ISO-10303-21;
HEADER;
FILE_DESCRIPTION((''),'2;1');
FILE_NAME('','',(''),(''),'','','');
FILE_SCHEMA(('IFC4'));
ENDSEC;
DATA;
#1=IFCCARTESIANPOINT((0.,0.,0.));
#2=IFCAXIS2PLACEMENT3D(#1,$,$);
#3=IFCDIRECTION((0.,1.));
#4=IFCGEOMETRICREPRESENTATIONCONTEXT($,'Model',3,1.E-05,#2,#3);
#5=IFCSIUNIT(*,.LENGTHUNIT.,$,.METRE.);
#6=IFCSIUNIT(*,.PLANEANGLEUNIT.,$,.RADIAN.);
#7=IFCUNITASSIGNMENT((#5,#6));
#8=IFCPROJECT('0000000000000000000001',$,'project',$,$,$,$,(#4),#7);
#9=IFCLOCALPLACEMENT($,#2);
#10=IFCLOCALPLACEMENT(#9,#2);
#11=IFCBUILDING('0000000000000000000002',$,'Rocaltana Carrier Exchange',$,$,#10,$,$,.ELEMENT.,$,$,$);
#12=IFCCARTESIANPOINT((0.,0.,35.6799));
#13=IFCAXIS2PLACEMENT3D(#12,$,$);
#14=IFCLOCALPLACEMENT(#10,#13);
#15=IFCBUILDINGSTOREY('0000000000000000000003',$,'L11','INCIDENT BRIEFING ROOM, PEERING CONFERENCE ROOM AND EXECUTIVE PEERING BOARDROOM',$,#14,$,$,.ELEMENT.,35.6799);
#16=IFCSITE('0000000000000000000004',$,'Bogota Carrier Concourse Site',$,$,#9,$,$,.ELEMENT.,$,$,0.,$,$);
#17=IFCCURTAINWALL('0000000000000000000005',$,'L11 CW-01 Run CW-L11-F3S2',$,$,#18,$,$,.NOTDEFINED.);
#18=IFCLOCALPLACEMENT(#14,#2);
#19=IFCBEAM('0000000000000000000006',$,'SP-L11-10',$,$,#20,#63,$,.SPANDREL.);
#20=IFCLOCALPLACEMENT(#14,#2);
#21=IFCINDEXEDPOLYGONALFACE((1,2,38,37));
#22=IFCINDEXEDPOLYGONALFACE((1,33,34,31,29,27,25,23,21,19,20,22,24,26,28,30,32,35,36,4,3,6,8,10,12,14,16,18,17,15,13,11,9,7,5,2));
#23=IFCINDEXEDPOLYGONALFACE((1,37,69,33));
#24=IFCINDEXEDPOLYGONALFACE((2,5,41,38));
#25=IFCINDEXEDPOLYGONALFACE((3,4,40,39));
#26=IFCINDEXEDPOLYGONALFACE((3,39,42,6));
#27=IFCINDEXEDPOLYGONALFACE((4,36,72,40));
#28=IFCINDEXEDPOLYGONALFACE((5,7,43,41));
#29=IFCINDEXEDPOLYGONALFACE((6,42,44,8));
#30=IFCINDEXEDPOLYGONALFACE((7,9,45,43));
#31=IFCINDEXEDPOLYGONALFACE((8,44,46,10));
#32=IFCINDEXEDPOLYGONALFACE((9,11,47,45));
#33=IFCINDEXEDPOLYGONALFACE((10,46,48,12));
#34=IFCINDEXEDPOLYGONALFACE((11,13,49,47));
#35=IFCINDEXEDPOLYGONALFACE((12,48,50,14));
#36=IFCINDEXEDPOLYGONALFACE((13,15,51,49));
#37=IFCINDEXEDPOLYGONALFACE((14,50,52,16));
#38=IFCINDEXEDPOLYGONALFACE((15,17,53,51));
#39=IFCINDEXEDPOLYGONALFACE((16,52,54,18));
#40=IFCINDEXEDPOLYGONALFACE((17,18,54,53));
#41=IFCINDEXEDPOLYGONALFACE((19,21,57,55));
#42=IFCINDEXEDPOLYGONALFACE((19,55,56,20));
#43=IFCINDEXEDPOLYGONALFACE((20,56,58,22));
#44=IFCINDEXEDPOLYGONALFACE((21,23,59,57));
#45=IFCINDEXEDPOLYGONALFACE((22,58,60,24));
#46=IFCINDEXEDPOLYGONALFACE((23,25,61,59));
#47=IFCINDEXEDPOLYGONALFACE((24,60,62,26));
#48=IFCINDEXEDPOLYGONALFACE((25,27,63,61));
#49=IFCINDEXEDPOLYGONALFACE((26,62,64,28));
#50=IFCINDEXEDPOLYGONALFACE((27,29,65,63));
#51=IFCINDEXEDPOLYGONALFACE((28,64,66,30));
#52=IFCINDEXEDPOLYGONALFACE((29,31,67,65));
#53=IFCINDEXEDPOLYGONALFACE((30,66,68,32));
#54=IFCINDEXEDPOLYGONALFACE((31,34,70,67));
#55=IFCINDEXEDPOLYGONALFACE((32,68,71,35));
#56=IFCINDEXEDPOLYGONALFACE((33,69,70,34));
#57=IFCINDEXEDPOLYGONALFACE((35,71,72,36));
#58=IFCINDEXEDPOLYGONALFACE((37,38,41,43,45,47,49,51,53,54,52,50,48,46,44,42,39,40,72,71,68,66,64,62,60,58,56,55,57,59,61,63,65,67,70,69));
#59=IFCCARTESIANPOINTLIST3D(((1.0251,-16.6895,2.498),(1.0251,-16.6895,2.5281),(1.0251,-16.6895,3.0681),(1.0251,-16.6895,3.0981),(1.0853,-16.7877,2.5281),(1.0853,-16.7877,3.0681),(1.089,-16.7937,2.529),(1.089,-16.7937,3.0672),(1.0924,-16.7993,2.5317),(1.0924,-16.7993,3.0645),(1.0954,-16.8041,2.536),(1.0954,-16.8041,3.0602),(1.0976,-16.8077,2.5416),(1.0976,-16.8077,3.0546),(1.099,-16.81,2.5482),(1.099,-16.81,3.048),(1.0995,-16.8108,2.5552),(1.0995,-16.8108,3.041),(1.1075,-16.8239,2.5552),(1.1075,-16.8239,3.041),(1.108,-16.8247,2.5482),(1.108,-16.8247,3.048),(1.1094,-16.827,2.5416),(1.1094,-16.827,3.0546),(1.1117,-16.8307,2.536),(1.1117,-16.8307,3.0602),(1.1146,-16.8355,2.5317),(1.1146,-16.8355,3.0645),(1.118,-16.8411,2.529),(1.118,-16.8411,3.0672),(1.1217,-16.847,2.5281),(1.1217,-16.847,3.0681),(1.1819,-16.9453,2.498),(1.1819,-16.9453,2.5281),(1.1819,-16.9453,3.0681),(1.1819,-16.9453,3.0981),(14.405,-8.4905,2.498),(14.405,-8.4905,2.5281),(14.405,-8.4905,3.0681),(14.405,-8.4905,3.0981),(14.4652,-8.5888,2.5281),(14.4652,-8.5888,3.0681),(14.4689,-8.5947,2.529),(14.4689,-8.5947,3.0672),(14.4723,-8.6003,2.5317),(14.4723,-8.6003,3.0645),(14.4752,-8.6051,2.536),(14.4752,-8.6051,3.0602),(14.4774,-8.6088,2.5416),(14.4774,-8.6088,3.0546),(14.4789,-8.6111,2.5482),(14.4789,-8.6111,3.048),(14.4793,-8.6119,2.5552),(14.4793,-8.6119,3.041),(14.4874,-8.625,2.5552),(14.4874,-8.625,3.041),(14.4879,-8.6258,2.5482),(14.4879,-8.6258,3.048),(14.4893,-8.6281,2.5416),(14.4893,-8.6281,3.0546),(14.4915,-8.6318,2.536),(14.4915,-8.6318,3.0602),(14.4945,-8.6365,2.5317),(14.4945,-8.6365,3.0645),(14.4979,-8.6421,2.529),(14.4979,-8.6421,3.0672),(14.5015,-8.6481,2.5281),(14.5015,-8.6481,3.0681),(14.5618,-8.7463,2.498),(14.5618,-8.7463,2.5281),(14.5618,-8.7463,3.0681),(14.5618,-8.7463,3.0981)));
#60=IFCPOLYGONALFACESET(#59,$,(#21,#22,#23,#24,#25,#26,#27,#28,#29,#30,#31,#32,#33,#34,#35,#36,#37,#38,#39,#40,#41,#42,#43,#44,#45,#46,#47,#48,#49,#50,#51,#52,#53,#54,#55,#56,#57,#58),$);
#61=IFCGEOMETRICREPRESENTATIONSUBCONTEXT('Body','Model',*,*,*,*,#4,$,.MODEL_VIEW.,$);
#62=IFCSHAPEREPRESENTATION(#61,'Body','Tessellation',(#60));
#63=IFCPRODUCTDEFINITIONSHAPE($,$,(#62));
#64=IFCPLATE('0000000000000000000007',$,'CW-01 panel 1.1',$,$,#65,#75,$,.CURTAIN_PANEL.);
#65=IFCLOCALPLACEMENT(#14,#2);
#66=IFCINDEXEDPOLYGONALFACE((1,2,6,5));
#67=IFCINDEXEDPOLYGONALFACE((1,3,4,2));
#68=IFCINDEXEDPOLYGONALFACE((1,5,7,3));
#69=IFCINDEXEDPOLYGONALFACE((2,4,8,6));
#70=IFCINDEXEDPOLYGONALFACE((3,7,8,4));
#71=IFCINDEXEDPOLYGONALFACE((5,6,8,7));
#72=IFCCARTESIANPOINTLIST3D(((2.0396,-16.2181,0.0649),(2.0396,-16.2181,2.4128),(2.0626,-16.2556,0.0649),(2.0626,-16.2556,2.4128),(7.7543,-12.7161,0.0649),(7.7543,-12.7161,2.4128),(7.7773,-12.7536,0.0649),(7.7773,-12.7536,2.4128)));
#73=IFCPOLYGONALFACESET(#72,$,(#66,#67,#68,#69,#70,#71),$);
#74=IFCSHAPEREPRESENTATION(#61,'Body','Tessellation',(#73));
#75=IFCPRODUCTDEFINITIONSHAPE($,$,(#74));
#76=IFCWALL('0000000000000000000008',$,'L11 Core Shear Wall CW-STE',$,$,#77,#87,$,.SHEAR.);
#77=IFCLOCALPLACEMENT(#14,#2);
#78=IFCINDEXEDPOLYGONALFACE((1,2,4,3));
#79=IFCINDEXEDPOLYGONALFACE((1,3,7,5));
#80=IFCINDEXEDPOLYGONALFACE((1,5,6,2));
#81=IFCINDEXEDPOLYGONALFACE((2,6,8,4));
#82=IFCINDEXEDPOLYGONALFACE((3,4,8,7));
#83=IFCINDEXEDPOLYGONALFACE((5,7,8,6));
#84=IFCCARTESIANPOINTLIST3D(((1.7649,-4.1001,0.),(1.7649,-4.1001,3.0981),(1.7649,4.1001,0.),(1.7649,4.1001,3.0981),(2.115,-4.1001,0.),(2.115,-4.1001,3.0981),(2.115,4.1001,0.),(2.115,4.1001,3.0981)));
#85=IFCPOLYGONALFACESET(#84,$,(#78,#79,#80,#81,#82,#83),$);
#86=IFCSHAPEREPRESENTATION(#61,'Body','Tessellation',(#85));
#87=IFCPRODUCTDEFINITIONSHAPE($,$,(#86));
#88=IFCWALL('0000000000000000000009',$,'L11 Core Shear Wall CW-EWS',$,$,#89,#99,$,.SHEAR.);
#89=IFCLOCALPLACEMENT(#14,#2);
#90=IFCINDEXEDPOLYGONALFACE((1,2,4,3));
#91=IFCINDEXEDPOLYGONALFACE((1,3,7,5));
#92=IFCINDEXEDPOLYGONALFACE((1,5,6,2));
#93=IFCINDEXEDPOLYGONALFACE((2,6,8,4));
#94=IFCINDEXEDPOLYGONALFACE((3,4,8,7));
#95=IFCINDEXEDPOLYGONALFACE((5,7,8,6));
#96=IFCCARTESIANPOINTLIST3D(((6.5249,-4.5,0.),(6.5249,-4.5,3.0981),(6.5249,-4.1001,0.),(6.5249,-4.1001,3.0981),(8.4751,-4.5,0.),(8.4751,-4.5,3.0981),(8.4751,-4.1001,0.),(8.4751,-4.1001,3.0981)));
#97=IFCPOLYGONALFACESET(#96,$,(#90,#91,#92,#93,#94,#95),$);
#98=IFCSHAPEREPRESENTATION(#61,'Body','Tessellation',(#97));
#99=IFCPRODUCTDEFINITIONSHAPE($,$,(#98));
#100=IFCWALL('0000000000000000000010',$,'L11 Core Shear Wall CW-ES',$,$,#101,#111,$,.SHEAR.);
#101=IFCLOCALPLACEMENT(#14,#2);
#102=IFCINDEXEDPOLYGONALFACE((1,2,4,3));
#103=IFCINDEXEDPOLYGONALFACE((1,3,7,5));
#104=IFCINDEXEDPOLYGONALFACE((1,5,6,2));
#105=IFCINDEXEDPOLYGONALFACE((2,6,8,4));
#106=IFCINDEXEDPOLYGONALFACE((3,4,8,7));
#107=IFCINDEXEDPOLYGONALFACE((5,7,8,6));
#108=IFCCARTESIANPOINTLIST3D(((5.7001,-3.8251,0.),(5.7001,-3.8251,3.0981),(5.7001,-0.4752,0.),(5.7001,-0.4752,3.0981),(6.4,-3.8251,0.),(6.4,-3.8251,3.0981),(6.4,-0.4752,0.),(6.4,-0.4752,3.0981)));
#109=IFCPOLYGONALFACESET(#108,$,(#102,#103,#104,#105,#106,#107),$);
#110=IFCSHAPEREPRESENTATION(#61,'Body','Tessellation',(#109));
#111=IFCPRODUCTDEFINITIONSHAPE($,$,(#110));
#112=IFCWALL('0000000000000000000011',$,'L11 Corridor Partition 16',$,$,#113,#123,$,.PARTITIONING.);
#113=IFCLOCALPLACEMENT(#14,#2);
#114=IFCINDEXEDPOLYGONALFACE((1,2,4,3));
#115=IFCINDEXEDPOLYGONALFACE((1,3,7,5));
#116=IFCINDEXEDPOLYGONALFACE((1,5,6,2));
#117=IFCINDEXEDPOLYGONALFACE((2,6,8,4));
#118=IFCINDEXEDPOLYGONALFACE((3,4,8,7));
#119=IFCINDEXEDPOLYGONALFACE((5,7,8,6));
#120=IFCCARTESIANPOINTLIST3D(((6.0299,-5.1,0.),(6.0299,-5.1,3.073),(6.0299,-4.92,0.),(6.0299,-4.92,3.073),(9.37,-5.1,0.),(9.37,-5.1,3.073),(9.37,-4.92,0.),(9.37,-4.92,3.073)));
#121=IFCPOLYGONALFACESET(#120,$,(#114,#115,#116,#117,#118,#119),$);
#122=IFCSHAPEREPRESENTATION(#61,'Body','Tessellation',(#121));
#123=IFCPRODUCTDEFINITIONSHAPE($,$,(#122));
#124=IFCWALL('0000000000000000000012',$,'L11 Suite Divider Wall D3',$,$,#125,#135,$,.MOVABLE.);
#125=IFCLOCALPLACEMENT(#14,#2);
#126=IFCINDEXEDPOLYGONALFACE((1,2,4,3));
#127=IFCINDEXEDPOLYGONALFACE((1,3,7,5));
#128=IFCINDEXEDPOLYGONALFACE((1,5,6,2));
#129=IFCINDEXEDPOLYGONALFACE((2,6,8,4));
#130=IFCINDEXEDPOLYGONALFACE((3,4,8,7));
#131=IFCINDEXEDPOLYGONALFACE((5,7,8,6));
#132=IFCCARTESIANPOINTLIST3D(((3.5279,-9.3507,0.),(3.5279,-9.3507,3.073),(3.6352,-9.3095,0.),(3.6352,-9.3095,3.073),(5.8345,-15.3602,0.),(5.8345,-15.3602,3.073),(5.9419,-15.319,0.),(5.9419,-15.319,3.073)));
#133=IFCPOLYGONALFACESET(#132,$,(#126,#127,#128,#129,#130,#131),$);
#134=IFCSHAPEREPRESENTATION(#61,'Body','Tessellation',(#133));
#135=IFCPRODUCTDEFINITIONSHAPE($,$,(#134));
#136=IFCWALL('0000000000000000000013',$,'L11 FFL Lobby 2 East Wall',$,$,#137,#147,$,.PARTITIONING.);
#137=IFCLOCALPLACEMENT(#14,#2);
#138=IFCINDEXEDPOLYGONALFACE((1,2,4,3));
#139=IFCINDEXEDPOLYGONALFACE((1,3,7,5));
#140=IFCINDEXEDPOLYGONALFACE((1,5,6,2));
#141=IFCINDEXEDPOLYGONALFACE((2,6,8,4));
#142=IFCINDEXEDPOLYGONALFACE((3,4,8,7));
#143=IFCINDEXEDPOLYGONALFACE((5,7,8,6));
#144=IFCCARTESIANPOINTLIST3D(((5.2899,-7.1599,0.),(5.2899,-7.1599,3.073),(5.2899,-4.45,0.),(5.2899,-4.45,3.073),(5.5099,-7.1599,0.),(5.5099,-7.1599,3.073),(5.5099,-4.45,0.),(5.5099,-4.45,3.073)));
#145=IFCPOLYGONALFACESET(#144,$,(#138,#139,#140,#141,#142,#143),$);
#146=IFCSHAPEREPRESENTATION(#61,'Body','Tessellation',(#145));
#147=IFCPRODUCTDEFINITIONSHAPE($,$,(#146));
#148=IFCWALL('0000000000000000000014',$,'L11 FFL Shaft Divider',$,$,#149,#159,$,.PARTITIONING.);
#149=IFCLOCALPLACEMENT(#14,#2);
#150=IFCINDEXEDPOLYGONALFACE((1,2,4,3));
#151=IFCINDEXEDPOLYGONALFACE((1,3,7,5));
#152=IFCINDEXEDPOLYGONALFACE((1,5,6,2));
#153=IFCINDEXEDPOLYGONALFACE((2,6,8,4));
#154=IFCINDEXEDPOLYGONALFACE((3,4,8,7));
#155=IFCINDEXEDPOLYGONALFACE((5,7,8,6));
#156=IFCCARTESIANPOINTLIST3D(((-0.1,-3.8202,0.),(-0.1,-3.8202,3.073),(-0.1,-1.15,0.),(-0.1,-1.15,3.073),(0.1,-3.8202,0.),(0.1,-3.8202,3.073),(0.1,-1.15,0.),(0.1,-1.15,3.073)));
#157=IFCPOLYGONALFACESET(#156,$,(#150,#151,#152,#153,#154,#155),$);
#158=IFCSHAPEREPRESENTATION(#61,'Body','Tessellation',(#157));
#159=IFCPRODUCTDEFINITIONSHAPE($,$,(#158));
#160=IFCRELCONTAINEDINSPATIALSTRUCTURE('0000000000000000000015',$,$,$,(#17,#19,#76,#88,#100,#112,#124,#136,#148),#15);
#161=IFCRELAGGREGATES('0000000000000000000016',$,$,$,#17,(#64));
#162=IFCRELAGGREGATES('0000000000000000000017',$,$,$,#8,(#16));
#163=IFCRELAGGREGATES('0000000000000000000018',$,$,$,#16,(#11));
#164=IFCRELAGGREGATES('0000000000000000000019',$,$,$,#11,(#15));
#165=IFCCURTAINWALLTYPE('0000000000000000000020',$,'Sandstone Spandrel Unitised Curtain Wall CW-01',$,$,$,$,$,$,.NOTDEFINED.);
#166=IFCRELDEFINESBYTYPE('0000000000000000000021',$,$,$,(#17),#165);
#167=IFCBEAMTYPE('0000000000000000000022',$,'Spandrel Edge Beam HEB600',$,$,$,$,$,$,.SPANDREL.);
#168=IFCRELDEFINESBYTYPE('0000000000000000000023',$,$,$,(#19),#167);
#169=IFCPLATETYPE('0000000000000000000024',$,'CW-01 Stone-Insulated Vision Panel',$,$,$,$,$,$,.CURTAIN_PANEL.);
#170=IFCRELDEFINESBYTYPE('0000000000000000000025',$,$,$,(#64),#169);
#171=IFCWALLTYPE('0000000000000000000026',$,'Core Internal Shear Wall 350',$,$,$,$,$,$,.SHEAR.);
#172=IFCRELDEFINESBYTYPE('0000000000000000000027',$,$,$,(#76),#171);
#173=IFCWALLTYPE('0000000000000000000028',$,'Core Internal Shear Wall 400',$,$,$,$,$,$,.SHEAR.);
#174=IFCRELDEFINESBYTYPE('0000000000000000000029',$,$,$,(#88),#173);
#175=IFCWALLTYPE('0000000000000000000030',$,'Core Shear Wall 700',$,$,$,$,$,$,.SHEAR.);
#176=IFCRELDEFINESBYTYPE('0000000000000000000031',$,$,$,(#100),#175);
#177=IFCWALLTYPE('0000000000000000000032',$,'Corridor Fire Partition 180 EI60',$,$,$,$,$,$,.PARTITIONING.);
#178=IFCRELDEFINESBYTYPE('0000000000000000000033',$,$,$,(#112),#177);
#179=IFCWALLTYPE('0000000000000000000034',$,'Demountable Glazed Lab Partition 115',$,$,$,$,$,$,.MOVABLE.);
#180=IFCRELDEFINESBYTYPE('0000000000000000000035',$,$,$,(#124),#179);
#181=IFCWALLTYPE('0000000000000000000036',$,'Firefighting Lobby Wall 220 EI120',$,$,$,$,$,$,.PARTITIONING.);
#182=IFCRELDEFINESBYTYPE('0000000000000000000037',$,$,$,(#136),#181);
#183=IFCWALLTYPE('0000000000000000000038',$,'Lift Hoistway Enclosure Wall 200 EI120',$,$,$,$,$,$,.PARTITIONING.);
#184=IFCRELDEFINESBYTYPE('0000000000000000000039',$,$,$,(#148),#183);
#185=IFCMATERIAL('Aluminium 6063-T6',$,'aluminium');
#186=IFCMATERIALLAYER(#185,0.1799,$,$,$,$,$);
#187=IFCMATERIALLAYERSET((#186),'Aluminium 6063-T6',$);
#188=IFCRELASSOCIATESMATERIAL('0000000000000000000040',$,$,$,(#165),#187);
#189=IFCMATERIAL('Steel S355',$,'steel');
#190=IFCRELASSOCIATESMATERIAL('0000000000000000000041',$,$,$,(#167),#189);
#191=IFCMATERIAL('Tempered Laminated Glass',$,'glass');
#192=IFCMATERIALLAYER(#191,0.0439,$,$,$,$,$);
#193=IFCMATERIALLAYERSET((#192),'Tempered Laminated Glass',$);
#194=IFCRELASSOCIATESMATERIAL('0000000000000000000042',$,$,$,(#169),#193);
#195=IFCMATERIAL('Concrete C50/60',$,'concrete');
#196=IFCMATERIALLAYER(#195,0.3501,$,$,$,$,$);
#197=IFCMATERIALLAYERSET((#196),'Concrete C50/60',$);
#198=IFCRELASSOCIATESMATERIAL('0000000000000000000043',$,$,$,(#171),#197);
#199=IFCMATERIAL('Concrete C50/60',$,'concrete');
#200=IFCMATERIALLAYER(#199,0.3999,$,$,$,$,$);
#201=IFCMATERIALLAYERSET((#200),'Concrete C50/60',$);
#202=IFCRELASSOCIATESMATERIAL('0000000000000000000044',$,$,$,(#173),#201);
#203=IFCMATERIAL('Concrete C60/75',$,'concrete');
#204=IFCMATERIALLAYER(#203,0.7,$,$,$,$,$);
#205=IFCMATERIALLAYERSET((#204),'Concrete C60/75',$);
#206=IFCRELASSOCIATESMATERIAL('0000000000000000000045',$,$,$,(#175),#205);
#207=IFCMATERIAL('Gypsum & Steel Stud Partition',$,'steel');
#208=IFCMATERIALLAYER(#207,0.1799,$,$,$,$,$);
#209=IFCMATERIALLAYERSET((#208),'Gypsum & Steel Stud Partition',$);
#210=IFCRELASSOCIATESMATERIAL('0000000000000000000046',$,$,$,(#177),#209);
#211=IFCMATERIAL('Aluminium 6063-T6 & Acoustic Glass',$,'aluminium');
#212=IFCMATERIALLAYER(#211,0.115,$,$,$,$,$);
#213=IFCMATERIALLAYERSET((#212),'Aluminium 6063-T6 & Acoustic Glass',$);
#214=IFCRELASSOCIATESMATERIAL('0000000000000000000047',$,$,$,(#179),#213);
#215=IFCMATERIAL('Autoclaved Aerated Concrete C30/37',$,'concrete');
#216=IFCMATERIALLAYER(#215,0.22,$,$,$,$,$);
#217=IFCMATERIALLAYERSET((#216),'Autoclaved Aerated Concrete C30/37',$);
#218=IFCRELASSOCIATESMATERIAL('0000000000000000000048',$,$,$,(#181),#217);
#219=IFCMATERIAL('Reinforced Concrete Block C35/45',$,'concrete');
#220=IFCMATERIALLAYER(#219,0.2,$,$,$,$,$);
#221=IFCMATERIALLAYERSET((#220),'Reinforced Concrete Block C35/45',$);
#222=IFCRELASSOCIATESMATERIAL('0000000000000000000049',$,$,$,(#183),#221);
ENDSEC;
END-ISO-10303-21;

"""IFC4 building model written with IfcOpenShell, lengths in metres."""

from ifc_helpers import new_model, si_unit, direction, frame, frame_2d, origin, origin_2d, place, context, subcontext, project, spatial, rectangle, i_section, extrude, material, layer, layer_set, material_profile, profile_set, type_object, element, aggregate, save


model = new_model("IFC4")

# Units and contexts
model_context = context("Model", 3, precision=1e-05, world=origin(), true_north=direction((0.0, 1.0)))
body_context = subcontext(model_context, "Body", "Model", "MODEL_VIEW")
ifc_project = project(units=[si_unit("LENGTHUNIT", "METRE"), si_unit("PLANEANGLEUNIT", "RADIAN")], contexts=[model_context])

# Site, building, storey
site_placement = place(None, origin())
site = spatial("IfcSite", under=ifc_project, at=site_placement, Name="Bogota Carrier Concourse Site", CompositionType="ELEMENT", RefElevation=0.0)
building_placement = place(site_placement, origin())
building = spatial("IfcBuilding", under=site, at=building_placement, Name="Rocaltana Carrier Exchange", CompositionType="ELEMENT")
storey_placement = place(building_placement, frame((0.0, 0.0, 35.6799)))
storey = spatial("IfcBuildingStorey", under=building, at=storey_placement, Name="L11", Description="INCIDENT BRIEFING ROOM, PEERING CONFERENCE ROOM AND EXECUTIVE PEERING BOARDROOM", CompositionType="ELEMENT", Elevation=35.6799)

# Curtain wall
ifc_material_1 = material(Name="Aluminium 6063-T6", Category="aluminium")
ifc_layer_1 = layer(ifc_material_1, 0.1799)
ifc_layer_set_1 = layer_set([ifc_layer_1], Name="Aluminium 6063-T6")
curtain_wall_type = type_object("IfcCurtainWallType", Name="Sandstone Spandrel Unitised Curtain Wall CW-01", PredefinedType="NOTDEFINED", material=ifc_layer_set_1)
curtain_wall_placement = place(storey_placement, origin())
curtain_wall = element("IfcCurtainWall", 1, at=curtain_wall_placement, inside=storey, type_object=curtain_wall_type, Name="L11 CW-01 Run CW-L11-F3S2", PredefinedType="NOTDEFINED")

# Beam
ifc_material_2 = material(Name="Steel S355", Category="steel")
ifc_material_profile_1 = material_profile(ifc_material_2, i_section(OverallWidth=0.3, OverallDepth=0.6001, WebThickness=0.0154, FlangeThickness=0.03, FilletRadius=0.0271, at=origin_2d()), Name="HEB600")
ifc_profile_set_1 = profile_set([ifc_material_profile_1], Name="Steel S355")
beam_type_1 = type_object("IfcBeamType", Name="Spandrel Edge Beam HEB600", PredefinedType="SPANDREL", material=ifc_profile_set_1)
beam_1_placement = place(storey_placement, frame((1.1035, -16.8174, 2.7981), z_axis=(0.852647, 0.522488, 0.0), x_axis=(-0.522488, 0.852647, 0.0)))
element("IfcBeam", 2, at=beam_1_placement, inside=storey, type_object=beam_type_1, Name="SP-L11-10", PredefinedType="SPANDREL", context=body_context, shape_type="SweptSolid", body=[
    extrude(i_section(OverallWidth=0.3, OverallDepth=0.6001, WebThickness=0.0154, FlangeThickness=0.03, FilletRadius=0.0271, at=origin_2d()), origin(), (0.0, 0.0, 1.0), 15.6921),
])

# Plate
ifc_material_3 = material(Name="Tempered Laminated Glass", Category="glass")
ifc_layer_2 = layer(ifc_material_3, 0.0439)
ifc_layer_set_2 = layer_set([ifc_layer_2], Name="Tempered Laminated Glass")
plate_type = type_object("IfcPlateType", Name="CW-01 Stone-Insulated Vision Panel", PredefinedType="CURTAIN_PANEL", material=ifc_layer_set_2)
plate_placement = place(storey_placement, frame((4.9084, -14.4858, 0.0649), z_axis=(0.0, 0.0, 1.0), x_axis=(0.852639, 0.5225, 0.0)))
plate = element("IfcPlate", 3, at=plate_placement, type_object=plate_type, Name="CW-01 panel 1.1", PredefinedType="CURTAIN_PANEL", context=body_context, shape_type="SweptSolid", body=[
    extrude(rectangle(XDim=6.7024, YDim=0.0439, at=origin_2d()), origin(), (0.0, 0.0, 1.0), 2.3479),
])
aggregate(curtain_wall, [plate])

# Walls
ifc_material_4 = material(Name="Concrete C50/60", Category="concrete")
ifc_layer_3 = layer(ifc_material_4, 0.3501)
ifc_layer_set_3 = layer_set([ifc_layer_3], Name="Concrete C50/60")
wall_type_1 = type_object("IfcWallType", Name="Core Internal Shear Wall 350", PredefinedType="SHEAR", material=ifc_layer_set_3)
wall_1_placement = place(storey_placement, frame((1.9399, -4.1001, 0.0), z_axis=(0.0, 0.0, 1.0), x_axis=(0.0, 1.0, 0.0)))
element("IfcWall", 4, at=wall_1_placement, inside=storey, type_object=wall_type_1, Name="L11 Core Shear Wall CW-STE", PredefinedType="SHEAR", context=body_context, shape_type="SweptSolid", body=[
    extrude(rectangle(XDim=8.2002, YDim=0.3501, at=frame_2d((4.1001, 0.0))), origin(), (0.0, 0.0, 1.0), 3.0981),
])
ifc_material_5 = material(Name="Concrete C50/60", Category="concrete")
ifc_layer_4 = layer(ifc_material_5, 0.3999)
ifc_layer_set_4 = layer_set([ifc_layer_4], Name="Concrete C50/60")
wall_type_2 = type_object("IfcWallType", Name="Core Internal Shear Wall 400", PredefinedType="SHEAR", material=ifc_layer_set_4)
wall_2_placement = place(storey_placement, frame((6.5249, -4.3, 0.0), z_axis=(0.0, 0.0, 1.0), x_axis=(1.0, 0.0, 0.0)))
element("IfcWall", 5, at=wall_2_placement, inside=storey, type_object=wall_type_2, Name="L11 Core Shear Wall CW-EWS", PredefinedType="SHEAR", context=body_context, shape_type="SweptSolid", body=[
    extrude(rectangle(XDim=1.9502, YDim=0.3999, at=frame_2d((0.9751, 0.0))), origin(), (0.0, 0.0, 1.0), 3.0981),
])
ifc_material_6 = material(Name="Concrete C60/75", Category="concrete")
ifc_layer_5 = layer(ifc_material_6, 0.7)
ifc_layer_set_5 = layer_set([ifc_layer_5], Name="Concrete C60/75")
wall_type_3 = type_object("IfcWallType", Name="Core Shear Wall 700", PredefinedType="SHEAR", material=ifc_layer_set_5)
wall_3_placement = place(storey_placement, frame((6.05, -3.825, 0.0), z_axis=(0.0, 0.0, 1.0), x_axis=(0.0, 1.0, 0.0)))
element("IfcWall", 6, at=wall_3_placement, inside=storey, type_object=wall_type_3, Name="L11 Core Shear Wall CW-ES", PredefinedType="SHEAR", context=body_context, shape_type="SweptSolid", body=[
    extrude(rectangle(XDim=3.3499, YDim=0.7, at=frame_2d((1.6748, 0.0))), origin(), (0.0, 0.0, 1.0), 3.0981),
])
ifc_material_7 = material(Name="Gypsum & Steel Stud Partition", Category="steel")
ifc_layer_6 = layer(ifc_material_7, 0.1799)
ifc_layer_set_6 = layer_set([ifc_layer_6], Name="Gypsum & Steel Stud Partition")
wall_type_4 = type_object("IfcWallType", Name="Corridor Fire Partition 180 EI60", PredefinedType="PARTITIONING", material=ifc_layer_set_6)
wall_4_placement = place(storey_placement, frame((6.03, -5.01, 0.0), z_axis=(0.0, 0.0, 1.0), x_axis=(1.0, 0.0, 0.0)))
element("IfcWall", 7, at=wall_4_placement, inside=storey, type_object=wall_type_4, Name="L11 Corridor Partition 16", PredefinedType="PARTITIONING", context=body_context, shape_type="SweptSolid", body=[
    extrude(rectangle(XDim=3.3401, YDim=0.1799, at=frame_2d((1.6699, 0.0))), origin(), (0.0, 0.0, 1.0), 3.073),
])
ifc_material_8 = material(Name="Aluminium 6063-T6 & Acoustic Glass", Category="aluminium")
ifc_layer_7 = layer(ifc_material_8, 0.115)
ifc_layer_set_7 = layer_set([ifc_layer_7], Name="Aluminium 6063-T6 & Acoustic Glass")
wall_type_5 = type_object("IfcWallType", Name="Demountable Glazed Lab Partition 115", PredefinedType="MOVABLE", material=ifc_layer_set_7)
wall_5_placement = place(storey_placement, frame((3.5815, -9.3301, 0.0), z_axis=(0.0, 0.0, 1.0), x_axis=(0.358341, -0.933591, 0.0)))
element("IfcWall", 8, at=wall_5_placement, inside=storey, type_object=wall_type_5, Name="L11 Suite Divider Wall D3", PredefinedType="MOVABLE", context=body_context, shape_type="SweptSolid", body=[
    extrude(rectangle(XDim=6.437, YDim=0.115, at=frame_2d((3.2185, 0.0))), origin(), (0.0, 0.0, 1.0), 3.073),
])
ifc_material_9 = material(Name="Autoclaved Aerated Concrete C30/37", Category="concrete")
ifc_layer_8 = layer(ifc_material_9, 0.22)
ifc_layer_set_8 = layer_set([ifc_layer_8], Name="Autoclaved Aerated Concrete C30/37")
wall_type_6 = type_object("IfcWallType", Name="Firefighting Lobby Wall 220 EI120", PredefinedType="PARTITIONING", material=ifc_layer_set_8)
wall_6_placement = place(storey_placement, frame((5.3999, -7.1599, 0.0), z_axis=(0.0, 0.0, 1.0), x_axis=(0.0, 1.0, 0.0)))
element("IfcWall", 9, at=wall_6_placement, inside=storey, type_object=wall_type_6, Name="L11 FFL Lobby 2 East Wall", PredefinedType="PARTITIONING", context=body_context, shape_type="SweptSolid", body=[
    extrude(rectangle(XDim=2.71, YDim=0.22, at=frame_2d((1.355, 0.0))), origin(), (0.0, 0.0, 1.0), 3.073),
])
ifc_material_10 = material(Name="Reinforced Concrete Block C35/45", Category="concrete")
ifc_layer_9 = layer(ifc_material_10, 0.2)
ifc_layer_set_9 = layer_set([ifc_layer_9], Name="Reinforced Concrete Block C35/45")
wall_type_7 = type_object("IfcWallType", Name="Lift Hoistway Enclosure Wall 200 EI120", PredefinedType="PARTITIONING", material=ifc_layer_set_9)
wall_7_placement = place(storey_placement, frame((0.0, -3.8201, 0.0), z_axis=(0.0, 0.0, 1.0), x_axis=(0.0, 1.0, 0.0)))
element("IfcWall", 10, at=wall_7_placement, inside=storey, type_object=wall_type_7, Name="L11 FFL Shaft Divider", PredefinedType="PARTITIONING", context=body_context, shape_type="SweptSolid", body=[
    extrude(rectangle(XDim=2.6702, YDim=0.2, at=frame_2d((1.335, 0.0))), origin(), (0.0, 0.0, 1.0), 3.073),
])

save(model, "model.ifc")
